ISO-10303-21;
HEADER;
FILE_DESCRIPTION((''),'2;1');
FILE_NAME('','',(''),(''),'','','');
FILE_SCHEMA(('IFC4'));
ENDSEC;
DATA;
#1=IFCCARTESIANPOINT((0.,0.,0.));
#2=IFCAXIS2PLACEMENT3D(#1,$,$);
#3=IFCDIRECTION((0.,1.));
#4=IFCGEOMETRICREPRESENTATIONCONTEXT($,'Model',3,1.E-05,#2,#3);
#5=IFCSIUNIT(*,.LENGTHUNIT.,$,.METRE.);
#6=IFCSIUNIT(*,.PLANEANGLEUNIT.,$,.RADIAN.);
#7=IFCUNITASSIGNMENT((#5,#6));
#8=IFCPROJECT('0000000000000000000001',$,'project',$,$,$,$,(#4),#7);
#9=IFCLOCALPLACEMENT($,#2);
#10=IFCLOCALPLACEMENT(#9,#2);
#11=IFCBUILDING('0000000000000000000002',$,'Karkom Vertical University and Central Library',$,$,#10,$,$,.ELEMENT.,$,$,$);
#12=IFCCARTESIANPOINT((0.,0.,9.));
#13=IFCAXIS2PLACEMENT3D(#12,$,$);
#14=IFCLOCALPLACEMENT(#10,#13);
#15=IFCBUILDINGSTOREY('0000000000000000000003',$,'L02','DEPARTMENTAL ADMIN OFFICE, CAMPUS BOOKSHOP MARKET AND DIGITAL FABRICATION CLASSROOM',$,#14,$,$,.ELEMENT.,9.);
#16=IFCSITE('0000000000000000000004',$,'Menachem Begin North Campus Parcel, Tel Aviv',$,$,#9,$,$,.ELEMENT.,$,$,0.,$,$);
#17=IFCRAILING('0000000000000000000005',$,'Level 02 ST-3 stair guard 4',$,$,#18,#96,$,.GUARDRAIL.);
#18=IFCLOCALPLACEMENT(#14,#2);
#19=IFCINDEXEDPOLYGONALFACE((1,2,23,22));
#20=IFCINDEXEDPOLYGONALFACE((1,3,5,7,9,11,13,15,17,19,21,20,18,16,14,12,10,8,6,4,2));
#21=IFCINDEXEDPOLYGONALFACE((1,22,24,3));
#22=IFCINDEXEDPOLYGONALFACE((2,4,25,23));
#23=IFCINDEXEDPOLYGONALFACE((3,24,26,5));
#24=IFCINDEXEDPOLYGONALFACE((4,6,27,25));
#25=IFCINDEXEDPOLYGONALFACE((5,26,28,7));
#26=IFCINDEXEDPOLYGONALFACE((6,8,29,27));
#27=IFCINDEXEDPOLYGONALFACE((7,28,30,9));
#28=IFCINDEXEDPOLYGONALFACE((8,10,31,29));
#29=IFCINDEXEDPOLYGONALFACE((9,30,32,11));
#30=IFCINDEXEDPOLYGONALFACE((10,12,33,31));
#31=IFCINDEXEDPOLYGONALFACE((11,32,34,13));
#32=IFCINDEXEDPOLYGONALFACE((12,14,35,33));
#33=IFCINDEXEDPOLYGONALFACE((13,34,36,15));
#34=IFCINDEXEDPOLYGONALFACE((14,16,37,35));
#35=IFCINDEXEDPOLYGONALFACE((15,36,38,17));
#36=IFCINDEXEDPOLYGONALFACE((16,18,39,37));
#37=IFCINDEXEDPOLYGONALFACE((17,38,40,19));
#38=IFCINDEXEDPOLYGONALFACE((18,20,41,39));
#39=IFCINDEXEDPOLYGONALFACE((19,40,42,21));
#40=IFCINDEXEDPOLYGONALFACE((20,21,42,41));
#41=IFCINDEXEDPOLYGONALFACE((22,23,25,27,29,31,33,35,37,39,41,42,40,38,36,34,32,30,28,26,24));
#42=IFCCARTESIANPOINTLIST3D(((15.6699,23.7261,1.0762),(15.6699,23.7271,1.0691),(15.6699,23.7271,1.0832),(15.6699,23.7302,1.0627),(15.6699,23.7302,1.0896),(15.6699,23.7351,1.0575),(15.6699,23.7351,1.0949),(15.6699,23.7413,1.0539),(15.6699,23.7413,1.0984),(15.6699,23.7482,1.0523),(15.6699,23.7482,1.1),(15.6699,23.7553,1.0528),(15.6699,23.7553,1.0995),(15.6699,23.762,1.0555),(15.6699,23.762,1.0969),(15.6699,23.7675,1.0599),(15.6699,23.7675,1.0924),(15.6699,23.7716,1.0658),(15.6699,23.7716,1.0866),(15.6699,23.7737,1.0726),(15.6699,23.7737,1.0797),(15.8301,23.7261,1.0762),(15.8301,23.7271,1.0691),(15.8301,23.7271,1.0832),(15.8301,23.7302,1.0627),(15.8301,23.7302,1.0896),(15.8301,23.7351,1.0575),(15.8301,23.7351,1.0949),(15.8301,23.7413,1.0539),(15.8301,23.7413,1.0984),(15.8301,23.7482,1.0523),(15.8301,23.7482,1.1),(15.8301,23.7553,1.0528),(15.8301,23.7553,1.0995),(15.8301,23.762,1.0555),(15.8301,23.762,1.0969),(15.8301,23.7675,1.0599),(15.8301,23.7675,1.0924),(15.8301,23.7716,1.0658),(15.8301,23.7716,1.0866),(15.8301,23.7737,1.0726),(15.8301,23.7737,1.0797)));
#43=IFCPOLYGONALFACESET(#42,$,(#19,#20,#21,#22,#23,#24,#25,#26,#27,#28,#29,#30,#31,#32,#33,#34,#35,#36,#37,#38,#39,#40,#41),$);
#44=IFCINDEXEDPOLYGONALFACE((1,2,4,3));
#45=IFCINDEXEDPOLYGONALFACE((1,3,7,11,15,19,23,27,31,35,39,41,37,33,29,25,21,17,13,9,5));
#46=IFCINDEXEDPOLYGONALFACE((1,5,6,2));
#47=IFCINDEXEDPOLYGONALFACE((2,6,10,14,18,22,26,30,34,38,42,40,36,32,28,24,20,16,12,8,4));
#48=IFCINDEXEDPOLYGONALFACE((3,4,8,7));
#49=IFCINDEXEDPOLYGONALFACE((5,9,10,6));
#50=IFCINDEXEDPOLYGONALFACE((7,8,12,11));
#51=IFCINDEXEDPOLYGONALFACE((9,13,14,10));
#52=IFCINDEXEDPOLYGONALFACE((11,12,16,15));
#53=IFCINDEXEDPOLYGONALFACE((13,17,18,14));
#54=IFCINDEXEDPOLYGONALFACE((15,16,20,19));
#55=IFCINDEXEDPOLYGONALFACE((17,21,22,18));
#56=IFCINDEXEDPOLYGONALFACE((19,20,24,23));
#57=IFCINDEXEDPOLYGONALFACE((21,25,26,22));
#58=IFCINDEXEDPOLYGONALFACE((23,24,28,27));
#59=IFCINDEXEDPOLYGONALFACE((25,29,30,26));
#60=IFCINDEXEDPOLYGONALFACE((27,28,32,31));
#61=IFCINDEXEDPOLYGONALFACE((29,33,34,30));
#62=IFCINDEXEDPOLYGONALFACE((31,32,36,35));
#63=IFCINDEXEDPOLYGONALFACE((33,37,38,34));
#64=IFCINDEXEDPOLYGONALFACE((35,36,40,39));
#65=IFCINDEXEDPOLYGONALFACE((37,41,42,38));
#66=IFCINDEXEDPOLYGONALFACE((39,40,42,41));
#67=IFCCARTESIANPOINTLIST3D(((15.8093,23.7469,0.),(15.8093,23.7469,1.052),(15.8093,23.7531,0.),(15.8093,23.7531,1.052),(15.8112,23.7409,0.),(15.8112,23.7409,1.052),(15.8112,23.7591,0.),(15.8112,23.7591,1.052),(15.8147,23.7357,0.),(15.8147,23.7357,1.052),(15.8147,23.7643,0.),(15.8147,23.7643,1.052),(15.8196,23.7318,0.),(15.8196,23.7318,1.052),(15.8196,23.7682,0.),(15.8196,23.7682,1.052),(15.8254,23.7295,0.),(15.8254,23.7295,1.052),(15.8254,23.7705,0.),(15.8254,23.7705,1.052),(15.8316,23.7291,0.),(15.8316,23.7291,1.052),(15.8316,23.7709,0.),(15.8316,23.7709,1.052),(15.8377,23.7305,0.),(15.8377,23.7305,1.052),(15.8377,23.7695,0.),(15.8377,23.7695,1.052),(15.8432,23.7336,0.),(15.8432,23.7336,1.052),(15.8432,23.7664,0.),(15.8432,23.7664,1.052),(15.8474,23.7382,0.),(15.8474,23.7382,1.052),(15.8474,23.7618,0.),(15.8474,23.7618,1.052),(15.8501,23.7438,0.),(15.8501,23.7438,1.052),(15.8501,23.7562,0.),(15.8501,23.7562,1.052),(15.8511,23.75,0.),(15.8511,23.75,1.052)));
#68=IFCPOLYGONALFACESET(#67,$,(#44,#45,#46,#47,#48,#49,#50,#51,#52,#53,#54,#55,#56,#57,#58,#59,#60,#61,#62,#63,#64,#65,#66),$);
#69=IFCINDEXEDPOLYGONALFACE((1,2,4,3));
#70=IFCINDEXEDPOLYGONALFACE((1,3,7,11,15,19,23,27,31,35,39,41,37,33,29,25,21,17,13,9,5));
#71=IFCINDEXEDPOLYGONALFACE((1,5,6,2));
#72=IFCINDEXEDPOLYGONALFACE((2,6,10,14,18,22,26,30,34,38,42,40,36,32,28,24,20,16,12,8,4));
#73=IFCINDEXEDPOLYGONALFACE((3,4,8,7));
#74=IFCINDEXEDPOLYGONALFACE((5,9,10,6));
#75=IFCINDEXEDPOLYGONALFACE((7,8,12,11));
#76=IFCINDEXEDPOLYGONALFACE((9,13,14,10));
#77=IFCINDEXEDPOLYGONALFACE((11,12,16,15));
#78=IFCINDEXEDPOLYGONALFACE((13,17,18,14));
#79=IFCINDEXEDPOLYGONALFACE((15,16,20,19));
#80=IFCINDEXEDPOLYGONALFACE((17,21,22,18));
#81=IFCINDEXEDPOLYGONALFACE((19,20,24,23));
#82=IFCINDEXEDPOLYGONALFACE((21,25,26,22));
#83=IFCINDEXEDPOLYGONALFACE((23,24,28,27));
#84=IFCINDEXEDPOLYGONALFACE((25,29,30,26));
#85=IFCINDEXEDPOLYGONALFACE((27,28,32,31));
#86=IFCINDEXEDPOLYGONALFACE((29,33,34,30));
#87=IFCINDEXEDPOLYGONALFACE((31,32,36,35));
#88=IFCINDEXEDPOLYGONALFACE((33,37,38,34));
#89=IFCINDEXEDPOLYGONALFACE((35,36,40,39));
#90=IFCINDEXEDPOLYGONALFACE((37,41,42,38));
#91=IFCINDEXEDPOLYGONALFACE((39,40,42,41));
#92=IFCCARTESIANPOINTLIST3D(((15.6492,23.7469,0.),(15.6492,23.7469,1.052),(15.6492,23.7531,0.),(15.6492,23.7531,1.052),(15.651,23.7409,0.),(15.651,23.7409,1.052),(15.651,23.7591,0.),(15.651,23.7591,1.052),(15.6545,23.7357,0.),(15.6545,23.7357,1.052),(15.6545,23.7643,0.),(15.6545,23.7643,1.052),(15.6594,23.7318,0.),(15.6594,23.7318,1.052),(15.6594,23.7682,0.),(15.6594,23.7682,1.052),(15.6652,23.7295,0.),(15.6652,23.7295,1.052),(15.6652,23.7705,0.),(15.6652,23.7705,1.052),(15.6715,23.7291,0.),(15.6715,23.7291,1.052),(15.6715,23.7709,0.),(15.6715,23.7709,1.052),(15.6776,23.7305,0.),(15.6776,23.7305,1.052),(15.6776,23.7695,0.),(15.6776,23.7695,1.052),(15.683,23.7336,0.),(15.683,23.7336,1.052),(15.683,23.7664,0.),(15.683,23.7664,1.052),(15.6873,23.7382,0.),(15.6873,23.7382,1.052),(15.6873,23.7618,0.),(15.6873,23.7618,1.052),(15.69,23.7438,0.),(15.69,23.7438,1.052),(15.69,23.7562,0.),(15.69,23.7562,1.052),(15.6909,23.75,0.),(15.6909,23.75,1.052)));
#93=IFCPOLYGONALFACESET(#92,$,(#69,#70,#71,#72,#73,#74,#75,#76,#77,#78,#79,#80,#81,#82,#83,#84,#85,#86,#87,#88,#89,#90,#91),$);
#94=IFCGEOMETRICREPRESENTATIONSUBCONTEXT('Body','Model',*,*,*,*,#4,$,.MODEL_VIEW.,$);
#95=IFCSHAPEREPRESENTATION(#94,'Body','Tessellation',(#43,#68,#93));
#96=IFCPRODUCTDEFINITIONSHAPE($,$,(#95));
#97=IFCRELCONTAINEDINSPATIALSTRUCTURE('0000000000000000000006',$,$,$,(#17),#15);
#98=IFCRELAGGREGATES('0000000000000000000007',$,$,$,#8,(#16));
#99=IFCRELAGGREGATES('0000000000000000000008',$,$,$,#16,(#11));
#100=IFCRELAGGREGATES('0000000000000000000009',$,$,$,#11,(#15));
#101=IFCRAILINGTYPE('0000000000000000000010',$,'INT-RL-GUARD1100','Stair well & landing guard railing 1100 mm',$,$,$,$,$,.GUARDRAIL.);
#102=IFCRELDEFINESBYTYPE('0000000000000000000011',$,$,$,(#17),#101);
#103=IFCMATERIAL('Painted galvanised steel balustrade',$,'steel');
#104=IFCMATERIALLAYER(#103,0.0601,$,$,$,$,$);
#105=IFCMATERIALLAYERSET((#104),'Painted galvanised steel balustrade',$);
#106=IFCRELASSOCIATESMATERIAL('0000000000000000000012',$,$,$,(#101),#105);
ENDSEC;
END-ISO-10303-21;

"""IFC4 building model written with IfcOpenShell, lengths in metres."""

from ifc_helpers import new_model, si_unit, direction, frame, origin, origin_2d, place, context, subcontext, project, spatial, circle, extrude, material, layer, layer_set, type_object, element, save


model = new_model("IFC4")

# Units and contexts
model_context = context("Model", 3, precision=1e-05, world=origin(), true_north=direction((0.0, 1.0)))
body_context = subcontext(model_context, "Body", "Model", "MODEL_VIEW")
ifc_project = project(units=[si_unit("LENGTHUNIT", "METRE"), si_unit("PLANEANGLEUNIT", "RADIAN")], contexts=[model_context])

# Site, building, storey
site_placement = place(None, origin())
site = spatial("IfcSite", under=ifc_project, at=site_placement, Name="Menachem Begin North Campus Parcel, Tel Aviv", CompositionType="ELEMENT", RefElevation=0.0)
building_placement = place(site_placement, origin())
building = spatial("IfcBuilding", under=site, at=building_placement, Name="Karkom Vertical University and Central Library", CompositionType="ELEMENT")
storey_placement = place(building_placement, frame((0.0, 0.0, 9.0)))
storey = spatial("IfcBuildingStorey", under=building, at=storey_placement, Name="L02", Description="DEPARTMENTAL ADMIN OFFICE, CAMPUS BOOKSHOP MARKET AND DIGITAL FABRICATION CLASSROOM", CompositionType="ELEMENT", Elevation=9.0)

# Railing
ifc_material_1 = material(Name="Painted galvanised steel balustrade", Category="steel")
ifc_layer_1 = layer(ifc_material_1, 0.0601)
ifc_layer_set_1 = layer_set([ifc_layer_1], Name="Painted galvanised steel balustrade")
railing_type_1 = type_object("IfcRailingType", Name="INT-RL-GUARD1100", Description="Stair well & landing guard railing 1100 mm", PredefinedType="GUARDRAIL", material=ifc_layer_set_1)
railing_1_placement = place(storey_placement, frame((15.8301, 23.75, 0.0)))
element("IfcRailing", 1, at=railing_1_placement, inside=storey, type_object=railing_type_1, Name="Level 02 ST-3 stair guard 4", PredefinedType="GUARDRAIL", context=body_context, shape_type="SweptSolid", body=[
    extrude(circle(Radius=0.0239, at=origin_2d()), frame((0.0, 0.0, 1.0762), z_axis=(-1.0, 0.0, 0.0), x_axis=(0.0, -1.0, 0.0)), (0.0, 0.0, 1.0), 0.1602),
    extrude(circle(Radius=0.021, at=origin_2d()), origin(), (0.0, 0.0, 1.0), 1.052),
    extrude(circle(Radius=0.021, at=origin_2d()), frame((-0.1602, 0.0, 0.0)), (0.0, 0.0, 1.0), 1.052),
])

save(model, "model.ifc")
